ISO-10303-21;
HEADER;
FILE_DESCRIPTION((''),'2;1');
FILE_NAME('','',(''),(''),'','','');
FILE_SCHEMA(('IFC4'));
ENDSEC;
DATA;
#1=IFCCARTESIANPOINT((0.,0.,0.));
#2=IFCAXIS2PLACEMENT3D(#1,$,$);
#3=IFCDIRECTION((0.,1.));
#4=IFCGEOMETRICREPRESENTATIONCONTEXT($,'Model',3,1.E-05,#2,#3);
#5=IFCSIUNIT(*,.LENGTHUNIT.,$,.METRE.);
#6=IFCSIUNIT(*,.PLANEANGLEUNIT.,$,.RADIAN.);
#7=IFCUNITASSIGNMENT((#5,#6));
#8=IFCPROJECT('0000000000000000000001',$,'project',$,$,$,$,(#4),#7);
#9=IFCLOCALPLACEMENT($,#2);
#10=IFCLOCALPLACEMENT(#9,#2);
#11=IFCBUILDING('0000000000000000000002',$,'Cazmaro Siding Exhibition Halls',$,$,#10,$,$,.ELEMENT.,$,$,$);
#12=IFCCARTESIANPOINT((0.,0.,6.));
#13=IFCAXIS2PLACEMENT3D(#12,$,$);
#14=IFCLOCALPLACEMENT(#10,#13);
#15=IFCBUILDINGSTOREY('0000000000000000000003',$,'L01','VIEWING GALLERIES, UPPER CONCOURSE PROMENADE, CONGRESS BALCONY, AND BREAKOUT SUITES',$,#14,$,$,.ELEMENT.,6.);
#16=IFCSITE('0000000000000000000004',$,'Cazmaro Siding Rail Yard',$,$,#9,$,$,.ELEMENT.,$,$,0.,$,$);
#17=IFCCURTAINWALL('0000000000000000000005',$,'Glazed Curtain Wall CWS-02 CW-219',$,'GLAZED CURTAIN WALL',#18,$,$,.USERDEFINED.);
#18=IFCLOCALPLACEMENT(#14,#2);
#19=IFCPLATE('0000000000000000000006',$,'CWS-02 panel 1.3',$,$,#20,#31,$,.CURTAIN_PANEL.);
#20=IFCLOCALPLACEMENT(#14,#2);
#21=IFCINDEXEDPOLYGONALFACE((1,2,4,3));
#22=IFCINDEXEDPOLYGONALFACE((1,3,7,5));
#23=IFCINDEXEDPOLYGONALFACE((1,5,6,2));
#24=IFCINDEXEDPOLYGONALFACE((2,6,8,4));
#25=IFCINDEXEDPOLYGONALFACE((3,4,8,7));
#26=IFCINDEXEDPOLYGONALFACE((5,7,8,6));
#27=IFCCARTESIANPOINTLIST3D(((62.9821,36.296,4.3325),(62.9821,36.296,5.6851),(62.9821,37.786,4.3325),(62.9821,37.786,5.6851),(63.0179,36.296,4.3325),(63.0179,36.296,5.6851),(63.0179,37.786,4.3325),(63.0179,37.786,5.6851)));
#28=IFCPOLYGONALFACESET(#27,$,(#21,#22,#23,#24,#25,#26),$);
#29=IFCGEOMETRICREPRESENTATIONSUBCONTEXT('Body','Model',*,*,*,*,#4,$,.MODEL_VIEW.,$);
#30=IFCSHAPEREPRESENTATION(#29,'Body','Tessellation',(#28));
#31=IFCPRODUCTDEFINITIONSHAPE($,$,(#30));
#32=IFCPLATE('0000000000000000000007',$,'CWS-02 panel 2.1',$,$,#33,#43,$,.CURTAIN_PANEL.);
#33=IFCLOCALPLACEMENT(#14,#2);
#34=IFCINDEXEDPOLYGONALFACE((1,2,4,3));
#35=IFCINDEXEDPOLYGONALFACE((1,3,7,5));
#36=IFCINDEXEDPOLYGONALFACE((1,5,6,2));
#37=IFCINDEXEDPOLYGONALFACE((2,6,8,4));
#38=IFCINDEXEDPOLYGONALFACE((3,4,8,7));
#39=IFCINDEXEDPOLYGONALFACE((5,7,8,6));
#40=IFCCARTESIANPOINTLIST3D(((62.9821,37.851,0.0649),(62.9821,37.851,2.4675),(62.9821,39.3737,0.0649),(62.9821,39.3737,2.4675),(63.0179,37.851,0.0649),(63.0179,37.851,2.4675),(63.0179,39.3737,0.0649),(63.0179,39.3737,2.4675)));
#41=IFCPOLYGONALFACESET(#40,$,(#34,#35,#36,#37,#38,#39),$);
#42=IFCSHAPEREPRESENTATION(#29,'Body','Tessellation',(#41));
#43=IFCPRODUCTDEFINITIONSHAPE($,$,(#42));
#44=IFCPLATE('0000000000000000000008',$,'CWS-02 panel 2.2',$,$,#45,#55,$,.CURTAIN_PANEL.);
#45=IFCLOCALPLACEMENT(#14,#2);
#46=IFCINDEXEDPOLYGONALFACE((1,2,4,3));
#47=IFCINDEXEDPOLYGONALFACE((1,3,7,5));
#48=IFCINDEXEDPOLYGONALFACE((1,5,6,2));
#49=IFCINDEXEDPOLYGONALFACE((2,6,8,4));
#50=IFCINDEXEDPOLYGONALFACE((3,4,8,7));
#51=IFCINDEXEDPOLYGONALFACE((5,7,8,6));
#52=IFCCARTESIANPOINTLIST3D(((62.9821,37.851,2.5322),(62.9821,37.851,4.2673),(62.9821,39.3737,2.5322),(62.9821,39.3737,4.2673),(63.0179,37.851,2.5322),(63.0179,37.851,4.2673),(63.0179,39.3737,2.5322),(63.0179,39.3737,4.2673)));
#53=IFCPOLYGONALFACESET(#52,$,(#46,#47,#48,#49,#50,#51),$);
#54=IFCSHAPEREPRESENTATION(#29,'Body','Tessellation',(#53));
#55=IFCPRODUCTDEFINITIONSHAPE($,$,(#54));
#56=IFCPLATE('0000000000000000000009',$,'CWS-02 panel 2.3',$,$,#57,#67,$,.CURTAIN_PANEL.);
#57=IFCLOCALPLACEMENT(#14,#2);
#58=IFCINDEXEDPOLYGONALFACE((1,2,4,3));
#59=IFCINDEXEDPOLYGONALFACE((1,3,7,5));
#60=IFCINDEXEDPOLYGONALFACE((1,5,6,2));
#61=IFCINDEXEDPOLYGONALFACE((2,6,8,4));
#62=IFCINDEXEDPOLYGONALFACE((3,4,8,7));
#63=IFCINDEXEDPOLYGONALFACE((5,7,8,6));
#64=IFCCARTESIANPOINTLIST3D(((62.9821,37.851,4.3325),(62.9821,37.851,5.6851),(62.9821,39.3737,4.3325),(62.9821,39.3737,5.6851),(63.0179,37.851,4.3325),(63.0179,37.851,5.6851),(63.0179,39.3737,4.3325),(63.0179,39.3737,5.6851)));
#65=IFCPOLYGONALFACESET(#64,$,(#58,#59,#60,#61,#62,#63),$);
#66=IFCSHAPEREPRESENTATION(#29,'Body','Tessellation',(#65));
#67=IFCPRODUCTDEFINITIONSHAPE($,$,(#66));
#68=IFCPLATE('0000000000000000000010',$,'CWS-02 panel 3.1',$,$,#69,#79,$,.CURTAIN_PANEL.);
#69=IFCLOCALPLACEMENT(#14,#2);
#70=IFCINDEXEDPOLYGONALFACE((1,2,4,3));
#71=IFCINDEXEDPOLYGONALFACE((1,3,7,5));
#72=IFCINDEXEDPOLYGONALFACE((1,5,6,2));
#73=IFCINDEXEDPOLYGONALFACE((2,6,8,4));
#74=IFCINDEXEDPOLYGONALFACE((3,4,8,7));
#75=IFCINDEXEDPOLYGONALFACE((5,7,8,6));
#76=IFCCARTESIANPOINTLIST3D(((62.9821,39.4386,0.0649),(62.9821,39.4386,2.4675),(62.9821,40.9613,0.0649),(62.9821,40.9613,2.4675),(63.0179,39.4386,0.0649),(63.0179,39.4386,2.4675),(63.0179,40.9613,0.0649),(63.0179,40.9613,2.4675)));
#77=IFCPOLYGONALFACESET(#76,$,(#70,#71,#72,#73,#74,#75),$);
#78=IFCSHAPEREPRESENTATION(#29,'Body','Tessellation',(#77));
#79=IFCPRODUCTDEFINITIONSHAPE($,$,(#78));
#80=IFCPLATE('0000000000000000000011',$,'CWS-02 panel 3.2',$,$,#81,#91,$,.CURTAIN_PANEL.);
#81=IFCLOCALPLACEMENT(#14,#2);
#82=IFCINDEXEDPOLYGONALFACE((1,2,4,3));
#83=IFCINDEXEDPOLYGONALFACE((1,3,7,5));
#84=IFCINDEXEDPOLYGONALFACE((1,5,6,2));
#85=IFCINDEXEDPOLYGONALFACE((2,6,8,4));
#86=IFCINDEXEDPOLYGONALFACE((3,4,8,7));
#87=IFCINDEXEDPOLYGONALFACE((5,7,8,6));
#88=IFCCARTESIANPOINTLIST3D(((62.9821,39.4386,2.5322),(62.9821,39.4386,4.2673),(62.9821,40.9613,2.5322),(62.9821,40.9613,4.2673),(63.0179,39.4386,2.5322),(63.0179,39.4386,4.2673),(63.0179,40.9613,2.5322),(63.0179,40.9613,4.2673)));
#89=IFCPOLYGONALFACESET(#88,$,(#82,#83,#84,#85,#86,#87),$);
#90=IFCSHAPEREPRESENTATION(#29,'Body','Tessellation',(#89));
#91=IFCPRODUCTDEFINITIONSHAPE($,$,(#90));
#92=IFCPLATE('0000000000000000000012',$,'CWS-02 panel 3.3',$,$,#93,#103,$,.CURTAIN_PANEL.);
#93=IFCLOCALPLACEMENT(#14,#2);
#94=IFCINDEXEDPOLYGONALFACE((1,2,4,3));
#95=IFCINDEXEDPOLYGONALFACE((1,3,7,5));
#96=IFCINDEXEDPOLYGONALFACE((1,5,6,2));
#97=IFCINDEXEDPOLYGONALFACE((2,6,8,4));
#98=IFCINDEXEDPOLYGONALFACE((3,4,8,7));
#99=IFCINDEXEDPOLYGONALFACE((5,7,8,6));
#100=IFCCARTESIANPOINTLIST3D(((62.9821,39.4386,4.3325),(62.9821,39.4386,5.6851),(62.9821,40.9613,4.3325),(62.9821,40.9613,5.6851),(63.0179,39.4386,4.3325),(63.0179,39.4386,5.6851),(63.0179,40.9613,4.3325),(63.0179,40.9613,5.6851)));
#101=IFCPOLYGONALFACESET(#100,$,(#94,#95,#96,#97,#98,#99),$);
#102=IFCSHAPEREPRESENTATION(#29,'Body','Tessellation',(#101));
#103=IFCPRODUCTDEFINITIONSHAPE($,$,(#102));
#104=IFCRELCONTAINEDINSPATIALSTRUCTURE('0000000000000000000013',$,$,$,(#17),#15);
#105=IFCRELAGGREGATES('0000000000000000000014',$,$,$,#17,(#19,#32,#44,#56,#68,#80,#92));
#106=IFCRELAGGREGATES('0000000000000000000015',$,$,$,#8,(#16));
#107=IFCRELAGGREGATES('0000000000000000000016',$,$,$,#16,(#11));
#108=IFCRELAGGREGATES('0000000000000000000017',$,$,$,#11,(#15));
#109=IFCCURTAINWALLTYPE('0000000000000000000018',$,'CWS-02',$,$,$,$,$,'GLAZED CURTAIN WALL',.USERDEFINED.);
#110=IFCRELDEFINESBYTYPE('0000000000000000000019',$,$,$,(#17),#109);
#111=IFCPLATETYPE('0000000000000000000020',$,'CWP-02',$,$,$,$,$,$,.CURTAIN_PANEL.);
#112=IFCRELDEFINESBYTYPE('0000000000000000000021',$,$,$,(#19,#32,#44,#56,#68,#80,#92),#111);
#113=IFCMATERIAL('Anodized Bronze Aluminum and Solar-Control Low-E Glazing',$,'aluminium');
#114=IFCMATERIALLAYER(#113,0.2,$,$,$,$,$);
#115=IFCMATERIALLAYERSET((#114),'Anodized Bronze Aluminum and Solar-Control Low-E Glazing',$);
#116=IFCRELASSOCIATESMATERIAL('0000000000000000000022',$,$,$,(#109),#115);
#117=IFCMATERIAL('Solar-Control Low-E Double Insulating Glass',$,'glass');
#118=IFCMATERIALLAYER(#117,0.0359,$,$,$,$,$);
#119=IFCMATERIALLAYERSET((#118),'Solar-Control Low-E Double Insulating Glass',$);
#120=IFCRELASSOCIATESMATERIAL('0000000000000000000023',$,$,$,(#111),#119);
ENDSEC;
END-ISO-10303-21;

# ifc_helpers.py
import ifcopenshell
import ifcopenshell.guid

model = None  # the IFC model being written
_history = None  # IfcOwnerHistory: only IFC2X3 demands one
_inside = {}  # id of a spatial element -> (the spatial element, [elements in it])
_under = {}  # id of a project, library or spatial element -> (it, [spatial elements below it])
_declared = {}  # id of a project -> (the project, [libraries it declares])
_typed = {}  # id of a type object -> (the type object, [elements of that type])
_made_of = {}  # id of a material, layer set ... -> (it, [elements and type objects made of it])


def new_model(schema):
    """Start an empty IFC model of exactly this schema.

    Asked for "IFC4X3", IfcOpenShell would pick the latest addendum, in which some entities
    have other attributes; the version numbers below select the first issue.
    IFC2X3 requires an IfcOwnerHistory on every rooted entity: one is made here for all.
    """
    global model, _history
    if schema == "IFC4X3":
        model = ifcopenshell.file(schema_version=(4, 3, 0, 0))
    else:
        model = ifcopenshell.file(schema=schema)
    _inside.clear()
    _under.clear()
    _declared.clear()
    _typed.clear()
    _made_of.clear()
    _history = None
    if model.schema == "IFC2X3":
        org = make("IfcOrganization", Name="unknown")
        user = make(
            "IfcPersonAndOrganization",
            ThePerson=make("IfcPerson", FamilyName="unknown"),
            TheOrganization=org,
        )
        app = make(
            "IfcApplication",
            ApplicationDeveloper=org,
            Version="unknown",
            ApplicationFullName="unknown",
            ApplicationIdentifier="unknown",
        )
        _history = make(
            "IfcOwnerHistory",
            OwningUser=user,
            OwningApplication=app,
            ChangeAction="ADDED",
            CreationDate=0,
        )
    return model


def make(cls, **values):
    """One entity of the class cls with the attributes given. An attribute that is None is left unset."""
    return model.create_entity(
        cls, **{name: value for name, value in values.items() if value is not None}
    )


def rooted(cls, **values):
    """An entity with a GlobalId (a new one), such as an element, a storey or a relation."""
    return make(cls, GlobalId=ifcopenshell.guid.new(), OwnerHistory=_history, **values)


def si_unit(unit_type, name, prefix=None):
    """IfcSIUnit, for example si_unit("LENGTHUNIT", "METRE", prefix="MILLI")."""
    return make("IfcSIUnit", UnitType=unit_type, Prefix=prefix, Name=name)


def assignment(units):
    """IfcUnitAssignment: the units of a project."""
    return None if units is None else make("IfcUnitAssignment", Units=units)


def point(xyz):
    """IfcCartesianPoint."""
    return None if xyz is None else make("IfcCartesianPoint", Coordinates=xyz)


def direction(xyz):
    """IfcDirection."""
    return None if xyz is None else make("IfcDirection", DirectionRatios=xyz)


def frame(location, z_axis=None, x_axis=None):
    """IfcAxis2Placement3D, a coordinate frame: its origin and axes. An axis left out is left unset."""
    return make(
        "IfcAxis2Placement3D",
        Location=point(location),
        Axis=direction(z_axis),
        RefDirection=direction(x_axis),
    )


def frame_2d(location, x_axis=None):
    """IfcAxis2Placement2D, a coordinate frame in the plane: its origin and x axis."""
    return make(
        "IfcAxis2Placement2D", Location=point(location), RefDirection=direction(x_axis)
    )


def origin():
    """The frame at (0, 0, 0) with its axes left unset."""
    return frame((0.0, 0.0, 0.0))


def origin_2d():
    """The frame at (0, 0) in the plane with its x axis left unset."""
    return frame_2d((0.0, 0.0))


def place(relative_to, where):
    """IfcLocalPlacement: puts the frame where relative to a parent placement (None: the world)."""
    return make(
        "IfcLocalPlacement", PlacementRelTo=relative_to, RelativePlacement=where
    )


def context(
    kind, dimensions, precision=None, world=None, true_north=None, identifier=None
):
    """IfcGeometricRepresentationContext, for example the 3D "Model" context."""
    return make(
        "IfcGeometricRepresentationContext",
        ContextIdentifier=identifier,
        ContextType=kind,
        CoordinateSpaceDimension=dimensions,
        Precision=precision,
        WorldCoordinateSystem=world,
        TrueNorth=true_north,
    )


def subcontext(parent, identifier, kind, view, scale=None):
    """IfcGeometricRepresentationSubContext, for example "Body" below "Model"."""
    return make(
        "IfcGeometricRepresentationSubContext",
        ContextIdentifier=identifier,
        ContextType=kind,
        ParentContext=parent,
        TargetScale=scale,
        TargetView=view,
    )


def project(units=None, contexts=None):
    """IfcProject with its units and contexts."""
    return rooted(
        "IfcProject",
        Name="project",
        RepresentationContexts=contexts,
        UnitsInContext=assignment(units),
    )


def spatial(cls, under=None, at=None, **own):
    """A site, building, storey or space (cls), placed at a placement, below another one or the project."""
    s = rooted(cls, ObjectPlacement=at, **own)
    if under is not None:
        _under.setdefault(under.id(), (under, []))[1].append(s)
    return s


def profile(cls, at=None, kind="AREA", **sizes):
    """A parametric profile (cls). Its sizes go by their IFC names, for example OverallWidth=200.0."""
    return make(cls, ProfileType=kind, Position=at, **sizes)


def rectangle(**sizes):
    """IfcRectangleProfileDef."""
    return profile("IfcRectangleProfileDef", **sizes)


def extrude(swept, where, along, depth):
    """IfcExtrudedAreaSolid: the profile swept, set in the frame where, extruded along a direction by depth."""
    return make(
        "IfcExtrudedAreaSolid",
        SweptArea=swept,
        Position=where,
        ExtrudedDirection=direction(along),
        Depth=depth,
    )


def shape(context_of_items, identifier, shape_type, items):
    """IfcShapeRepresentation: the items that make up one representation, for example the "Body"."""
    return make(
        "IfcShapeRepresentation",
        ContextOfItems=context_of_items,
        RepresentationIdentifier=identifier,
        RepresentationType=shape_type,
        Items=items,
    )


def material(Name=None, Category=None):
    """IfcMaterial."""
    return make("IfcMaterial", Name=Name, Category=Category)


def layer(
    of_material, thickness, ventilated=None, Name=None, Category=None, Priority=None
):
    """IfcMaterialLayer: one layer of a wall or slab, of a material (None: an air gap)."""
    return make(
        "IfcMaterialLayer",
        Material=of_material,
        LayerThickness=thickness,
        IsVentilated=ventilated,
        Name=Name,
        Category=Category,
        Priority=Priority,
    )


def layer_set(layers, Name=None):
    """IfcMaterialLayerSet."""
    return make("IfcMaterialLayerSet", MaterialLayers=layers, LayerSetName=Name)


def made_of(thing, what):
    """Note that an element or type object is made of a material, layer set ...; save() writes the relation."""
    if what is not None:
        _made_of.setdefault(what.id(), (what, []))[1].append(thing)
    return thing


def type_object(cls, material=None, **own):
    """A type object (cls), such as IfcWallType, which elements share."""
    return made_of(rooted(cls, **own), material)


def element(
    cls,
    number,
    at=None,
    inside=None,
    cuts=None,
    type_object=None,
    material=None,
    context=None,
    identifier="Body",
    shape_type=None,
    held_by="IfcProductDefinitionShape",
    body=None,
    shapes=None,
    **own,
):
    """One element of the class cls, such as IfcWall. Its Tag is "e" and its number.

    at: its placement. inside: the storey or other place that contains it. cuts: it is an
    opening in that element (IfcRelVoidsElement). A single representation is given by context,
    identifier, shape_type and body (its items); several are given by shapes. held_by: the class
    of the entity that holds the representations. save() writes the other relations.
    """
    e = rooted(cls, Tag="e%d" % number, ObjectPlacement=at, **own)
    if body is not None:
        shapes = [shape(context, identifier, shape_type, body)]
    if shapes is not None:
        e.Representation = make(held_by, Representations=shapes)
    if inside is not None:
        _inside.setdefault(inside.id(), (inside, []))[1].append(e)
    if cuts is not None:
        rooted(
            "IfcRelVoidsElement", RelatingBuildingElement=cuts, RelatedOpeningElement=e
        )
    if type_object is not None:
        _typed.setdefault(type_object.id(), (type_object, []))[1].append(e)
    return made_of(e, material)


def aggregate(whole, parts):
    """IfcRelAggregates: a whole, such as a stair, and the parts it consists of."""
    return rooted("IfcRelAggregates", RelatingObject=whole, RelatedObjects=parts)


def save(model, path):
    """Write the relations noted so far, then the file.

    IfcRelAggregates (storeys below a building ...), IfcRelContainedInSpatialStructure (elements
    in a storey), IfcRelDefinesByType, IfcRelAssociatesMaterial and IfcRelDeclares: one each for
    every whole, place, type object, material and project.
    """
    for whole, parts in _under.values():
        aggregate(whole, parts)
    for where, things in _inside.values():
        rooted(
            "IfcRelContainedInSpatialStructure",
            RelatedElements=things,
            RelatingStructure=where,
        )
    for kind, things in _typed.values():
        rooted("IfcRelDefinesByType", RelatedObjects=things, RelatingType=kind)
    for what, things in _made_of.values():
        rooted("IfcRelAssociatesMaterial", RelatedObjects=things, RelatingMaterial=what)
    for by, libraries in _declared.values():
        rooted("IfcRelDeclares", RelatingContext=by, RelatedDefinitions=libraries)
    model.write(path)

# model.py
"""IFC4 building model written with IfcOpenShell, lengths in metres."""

from ifc_helpers import new_model, si_unit, direction, frame, origin, origin_2d, place, context, subcontext, project, spatial, rectangle, extrude, material, layer, layer_set, type_object, element, aggregate, save


model = new_model("IFC4")

# Units and contexts
model_context = context("Model", 3, precision=1e-05, world=origin(), true_north=direction((0.0, 1.0)))
body_context = subcontext(model_context, "Body", "Model", "MODEL_VIEW")
ifc_project = project(units=[si_unit("LENGTHUNIT", "METRE"), si_unit("PLANEANGLEUNIT", "RADIAN")], contexts=[model_context])

# Site, building, storey
site_placement = place(None, origin())
site = spatial("IfcSite", under=ifc_project, at=site_placement, Name="Cazmaro Siding Rail Yard", CompositionType="ELEMENT", RefElevation=0.0)
building_placement = place(site_placement, origin())
building = spatial("IfcBuilding", under=site, at=building_placement, Name="Cazmaro Siding Exhibition Halls", CompositionType="ELEMENT")
storey_placement = place(building_placement, frame((0.0, 0.0, 6.0)))
storey = spatial("IfcBuildingStorey", under=building, at=storey_placement, Name="L01", Description="VIEWING GALLERIES, UPPER CONCOURSE PROMENADE, CONGRESS BALCONY, AND BREAKOUT SUITES", CompositionType="ELEMENT", Elevation=6.0)

# Curtain wall, plates
ifc_material_1 = material(Name="Anodized Bronze Aluminum and Solar-Control Low-E Glazing", Category="aluminium")
ifc_layer_1 = layer(ifc_material_1, 0.2)
ifc_layer_set_1 = layer_set([ifc_layer_1], Name="Anodized Bronze Aluminum and Solar-Control Low-E Glazing")
curtain_wall_type = type_object("IfcCurtainWallType", Name="CWS-02", ElementType="GLAZED CURTAIN WALL", PredefinedType="USERDEFINED", material=ifc_layer_set_1)
curtain_wall_placement = place(storey_placement, origin())
curtain_wall = element("IfcCurtainWall", 1, at=curtain_wall_placement, inside=storey, type_object=curtain_wall_type, Name="Glazed Curtain Wall CWS-02 CW-219", ObjectType="GLAZED CURTAIN WALL", PredefinedType="USERDEFINED")
ifc_material_2 = material(Name="Solar-Control Low-E Double Insulating Glass", Category="glass")
ifc_layer_2 = layer(ifc_material_2, 0.0359)
ifc_layer_set_2 = layer_set([ifc_layer_2], Name="Solar-Control Low-E Double Insulating Glass")
plate_type = type_object("IfcPlateType", Name="CWP-02", PredefinedType="CURTAIN_PANEL", material=ifc_layer_set_2)
plate_1_placement = place(storey_placement, frame((63.0, 37.041, 4.3325), z_axis=(0.0, 0.0, 1.0), x_axis=(0.0, 1.0, 0.0)))
plate_1 = element("IfcPlate", 2, at=plate_1_placement, type_object=plate_type, Name="CWS-02 panel 1.3", PredefinedType="CURTAIN_PANEL", context=body_context, shape_type="SweptSolid", body=[
    extrude(rectangle(XDim=1.49, YDim=0.0359, at=origin_2d()), origin(), (0.0, 0.0, 1.0), 1.3525),
])
plate_2_placement = place(storey_placement, frame((63.0, 38.6123, 0.0649), z_axis=(0.0, 0.0, 1.0), x_axis=(0.0, 1.0, 0.0)))
plate_2 = element("IfcPlate", 3, at=plate_2_placement, type_object=plate_type, Name="CWS-02 panel 2.1", PredefinedType="CURTAIN_PANEL", context=body_context, shape_type="SweptSolid", body=[
    extrude(rectangle(XDim=1.5227, YDim=0.0359, at=origin_2d()), origin(), (0.0, 0.0, 1.0), 2.4026),
])
plate_3_placement = place(storey_placement, frame((63.0, 38.6123, 2.5322), z_axis=(0.0, 0.0, 1.0), x_axis=(0.0, 1.0, 0.0)))
plate_3 = element("IfcPlate", 4, at=plate_3_placement, type_object=plate_type, Name="CWS-02 panel 2.2", PredefinedType="CURTAIN_PANEL", context=body_context, shape_type="SweptSolid", body=[
    extrude(rectangle(XDim=1.5227, YDim=0.0359, at=origin_2d()), origin(), (0.0, 0.0, 1.0), 1.7351),
])
plate_4_placement = place(storey_placement, frame((63.0, 38.6123, 4.3325), z_axis=(0.0, 0.0, 1.0), x_axis=(0.0, 1.0, 0.0)))
plate_4 = element("IfcPlate", 5, at=plate_4_placement, type_object=plate_type, Name="CWS-02 panel 2.3", PredefinedType="CURTAIN_PANEL", context=body_context, shape_type="SweptSolid", body=[
    extrude(rectangle(XDim=1.5227, YDim=0.0359, at=origin_2d()), origin(), (0.0, 0.0, 1.0), 1.3525),
])
plate_5_placement = place(storey_placement, frame((63.0, 40.2, 0.0649), z_axis=(0.0, 0.0, 1.0), x_axis=(0.0, 1.0, 0.0)))
plate_5 = element("IfcPlate", 6, at=plate_5_placement, type_object=plate_type, Name="CWS-02 panel 3.1", PredefinedType="CURTAIN_PANEL", context=body_context, shape_type="SweptSolid", body=[
    extrude(rectangle(XDim=1.5227, YDim=0.0359, at=origin_2d()), origin(), (0.0, 0.0, 1.0), 2.4026),
])
plate_6_placement = place(storey_placement, frame((63.0, 40.2, 2.5322), z_axis=(0.0, 0.0, 1.0), x_axis=(0.0, 1.0, 0.0)))
plate_6 = element("IfcPlate", 7, at=plate_6_placement, type_object=plate_type, Name="CWS-02 panel 3.2", PredefinedType="CURTAIN_PANEL", context=body_context, shape_type="SweptSolid", body=[
    extrude(rectangle(XDim=1.5227, YDim=0.0359, at=origin_2d()), origin(), (0.0, 0.0, 1.0), 1.7351),
])
plate_7_placement = place(storey_placement, frame((63.0, 40.2, 4.3325), z_axis=(0.0, 0.0, 1.0), x_axis=(0.0, 1.0, 0.0)))
plate_7 = element("IfcPlate", 8, at=plate_7_placement, type_object=plate_type, Name="CWS-02 panel 3.3", PredefinedType="CURTAIN_PANEL", context=body_context, shape_type="SweptSolid", body=[
    extrude(rectangle(XDim=1.5227, YDim=0.0359, at=origin_2d()), origin(), (0.0, 0.0, 1.0), 1.3525),
])
aggregate(curtain_wall, [plate_1, plate_2, plate_3, plate_4, plate_5, plate_6, plate_7])

save(model, "model.ifc")
